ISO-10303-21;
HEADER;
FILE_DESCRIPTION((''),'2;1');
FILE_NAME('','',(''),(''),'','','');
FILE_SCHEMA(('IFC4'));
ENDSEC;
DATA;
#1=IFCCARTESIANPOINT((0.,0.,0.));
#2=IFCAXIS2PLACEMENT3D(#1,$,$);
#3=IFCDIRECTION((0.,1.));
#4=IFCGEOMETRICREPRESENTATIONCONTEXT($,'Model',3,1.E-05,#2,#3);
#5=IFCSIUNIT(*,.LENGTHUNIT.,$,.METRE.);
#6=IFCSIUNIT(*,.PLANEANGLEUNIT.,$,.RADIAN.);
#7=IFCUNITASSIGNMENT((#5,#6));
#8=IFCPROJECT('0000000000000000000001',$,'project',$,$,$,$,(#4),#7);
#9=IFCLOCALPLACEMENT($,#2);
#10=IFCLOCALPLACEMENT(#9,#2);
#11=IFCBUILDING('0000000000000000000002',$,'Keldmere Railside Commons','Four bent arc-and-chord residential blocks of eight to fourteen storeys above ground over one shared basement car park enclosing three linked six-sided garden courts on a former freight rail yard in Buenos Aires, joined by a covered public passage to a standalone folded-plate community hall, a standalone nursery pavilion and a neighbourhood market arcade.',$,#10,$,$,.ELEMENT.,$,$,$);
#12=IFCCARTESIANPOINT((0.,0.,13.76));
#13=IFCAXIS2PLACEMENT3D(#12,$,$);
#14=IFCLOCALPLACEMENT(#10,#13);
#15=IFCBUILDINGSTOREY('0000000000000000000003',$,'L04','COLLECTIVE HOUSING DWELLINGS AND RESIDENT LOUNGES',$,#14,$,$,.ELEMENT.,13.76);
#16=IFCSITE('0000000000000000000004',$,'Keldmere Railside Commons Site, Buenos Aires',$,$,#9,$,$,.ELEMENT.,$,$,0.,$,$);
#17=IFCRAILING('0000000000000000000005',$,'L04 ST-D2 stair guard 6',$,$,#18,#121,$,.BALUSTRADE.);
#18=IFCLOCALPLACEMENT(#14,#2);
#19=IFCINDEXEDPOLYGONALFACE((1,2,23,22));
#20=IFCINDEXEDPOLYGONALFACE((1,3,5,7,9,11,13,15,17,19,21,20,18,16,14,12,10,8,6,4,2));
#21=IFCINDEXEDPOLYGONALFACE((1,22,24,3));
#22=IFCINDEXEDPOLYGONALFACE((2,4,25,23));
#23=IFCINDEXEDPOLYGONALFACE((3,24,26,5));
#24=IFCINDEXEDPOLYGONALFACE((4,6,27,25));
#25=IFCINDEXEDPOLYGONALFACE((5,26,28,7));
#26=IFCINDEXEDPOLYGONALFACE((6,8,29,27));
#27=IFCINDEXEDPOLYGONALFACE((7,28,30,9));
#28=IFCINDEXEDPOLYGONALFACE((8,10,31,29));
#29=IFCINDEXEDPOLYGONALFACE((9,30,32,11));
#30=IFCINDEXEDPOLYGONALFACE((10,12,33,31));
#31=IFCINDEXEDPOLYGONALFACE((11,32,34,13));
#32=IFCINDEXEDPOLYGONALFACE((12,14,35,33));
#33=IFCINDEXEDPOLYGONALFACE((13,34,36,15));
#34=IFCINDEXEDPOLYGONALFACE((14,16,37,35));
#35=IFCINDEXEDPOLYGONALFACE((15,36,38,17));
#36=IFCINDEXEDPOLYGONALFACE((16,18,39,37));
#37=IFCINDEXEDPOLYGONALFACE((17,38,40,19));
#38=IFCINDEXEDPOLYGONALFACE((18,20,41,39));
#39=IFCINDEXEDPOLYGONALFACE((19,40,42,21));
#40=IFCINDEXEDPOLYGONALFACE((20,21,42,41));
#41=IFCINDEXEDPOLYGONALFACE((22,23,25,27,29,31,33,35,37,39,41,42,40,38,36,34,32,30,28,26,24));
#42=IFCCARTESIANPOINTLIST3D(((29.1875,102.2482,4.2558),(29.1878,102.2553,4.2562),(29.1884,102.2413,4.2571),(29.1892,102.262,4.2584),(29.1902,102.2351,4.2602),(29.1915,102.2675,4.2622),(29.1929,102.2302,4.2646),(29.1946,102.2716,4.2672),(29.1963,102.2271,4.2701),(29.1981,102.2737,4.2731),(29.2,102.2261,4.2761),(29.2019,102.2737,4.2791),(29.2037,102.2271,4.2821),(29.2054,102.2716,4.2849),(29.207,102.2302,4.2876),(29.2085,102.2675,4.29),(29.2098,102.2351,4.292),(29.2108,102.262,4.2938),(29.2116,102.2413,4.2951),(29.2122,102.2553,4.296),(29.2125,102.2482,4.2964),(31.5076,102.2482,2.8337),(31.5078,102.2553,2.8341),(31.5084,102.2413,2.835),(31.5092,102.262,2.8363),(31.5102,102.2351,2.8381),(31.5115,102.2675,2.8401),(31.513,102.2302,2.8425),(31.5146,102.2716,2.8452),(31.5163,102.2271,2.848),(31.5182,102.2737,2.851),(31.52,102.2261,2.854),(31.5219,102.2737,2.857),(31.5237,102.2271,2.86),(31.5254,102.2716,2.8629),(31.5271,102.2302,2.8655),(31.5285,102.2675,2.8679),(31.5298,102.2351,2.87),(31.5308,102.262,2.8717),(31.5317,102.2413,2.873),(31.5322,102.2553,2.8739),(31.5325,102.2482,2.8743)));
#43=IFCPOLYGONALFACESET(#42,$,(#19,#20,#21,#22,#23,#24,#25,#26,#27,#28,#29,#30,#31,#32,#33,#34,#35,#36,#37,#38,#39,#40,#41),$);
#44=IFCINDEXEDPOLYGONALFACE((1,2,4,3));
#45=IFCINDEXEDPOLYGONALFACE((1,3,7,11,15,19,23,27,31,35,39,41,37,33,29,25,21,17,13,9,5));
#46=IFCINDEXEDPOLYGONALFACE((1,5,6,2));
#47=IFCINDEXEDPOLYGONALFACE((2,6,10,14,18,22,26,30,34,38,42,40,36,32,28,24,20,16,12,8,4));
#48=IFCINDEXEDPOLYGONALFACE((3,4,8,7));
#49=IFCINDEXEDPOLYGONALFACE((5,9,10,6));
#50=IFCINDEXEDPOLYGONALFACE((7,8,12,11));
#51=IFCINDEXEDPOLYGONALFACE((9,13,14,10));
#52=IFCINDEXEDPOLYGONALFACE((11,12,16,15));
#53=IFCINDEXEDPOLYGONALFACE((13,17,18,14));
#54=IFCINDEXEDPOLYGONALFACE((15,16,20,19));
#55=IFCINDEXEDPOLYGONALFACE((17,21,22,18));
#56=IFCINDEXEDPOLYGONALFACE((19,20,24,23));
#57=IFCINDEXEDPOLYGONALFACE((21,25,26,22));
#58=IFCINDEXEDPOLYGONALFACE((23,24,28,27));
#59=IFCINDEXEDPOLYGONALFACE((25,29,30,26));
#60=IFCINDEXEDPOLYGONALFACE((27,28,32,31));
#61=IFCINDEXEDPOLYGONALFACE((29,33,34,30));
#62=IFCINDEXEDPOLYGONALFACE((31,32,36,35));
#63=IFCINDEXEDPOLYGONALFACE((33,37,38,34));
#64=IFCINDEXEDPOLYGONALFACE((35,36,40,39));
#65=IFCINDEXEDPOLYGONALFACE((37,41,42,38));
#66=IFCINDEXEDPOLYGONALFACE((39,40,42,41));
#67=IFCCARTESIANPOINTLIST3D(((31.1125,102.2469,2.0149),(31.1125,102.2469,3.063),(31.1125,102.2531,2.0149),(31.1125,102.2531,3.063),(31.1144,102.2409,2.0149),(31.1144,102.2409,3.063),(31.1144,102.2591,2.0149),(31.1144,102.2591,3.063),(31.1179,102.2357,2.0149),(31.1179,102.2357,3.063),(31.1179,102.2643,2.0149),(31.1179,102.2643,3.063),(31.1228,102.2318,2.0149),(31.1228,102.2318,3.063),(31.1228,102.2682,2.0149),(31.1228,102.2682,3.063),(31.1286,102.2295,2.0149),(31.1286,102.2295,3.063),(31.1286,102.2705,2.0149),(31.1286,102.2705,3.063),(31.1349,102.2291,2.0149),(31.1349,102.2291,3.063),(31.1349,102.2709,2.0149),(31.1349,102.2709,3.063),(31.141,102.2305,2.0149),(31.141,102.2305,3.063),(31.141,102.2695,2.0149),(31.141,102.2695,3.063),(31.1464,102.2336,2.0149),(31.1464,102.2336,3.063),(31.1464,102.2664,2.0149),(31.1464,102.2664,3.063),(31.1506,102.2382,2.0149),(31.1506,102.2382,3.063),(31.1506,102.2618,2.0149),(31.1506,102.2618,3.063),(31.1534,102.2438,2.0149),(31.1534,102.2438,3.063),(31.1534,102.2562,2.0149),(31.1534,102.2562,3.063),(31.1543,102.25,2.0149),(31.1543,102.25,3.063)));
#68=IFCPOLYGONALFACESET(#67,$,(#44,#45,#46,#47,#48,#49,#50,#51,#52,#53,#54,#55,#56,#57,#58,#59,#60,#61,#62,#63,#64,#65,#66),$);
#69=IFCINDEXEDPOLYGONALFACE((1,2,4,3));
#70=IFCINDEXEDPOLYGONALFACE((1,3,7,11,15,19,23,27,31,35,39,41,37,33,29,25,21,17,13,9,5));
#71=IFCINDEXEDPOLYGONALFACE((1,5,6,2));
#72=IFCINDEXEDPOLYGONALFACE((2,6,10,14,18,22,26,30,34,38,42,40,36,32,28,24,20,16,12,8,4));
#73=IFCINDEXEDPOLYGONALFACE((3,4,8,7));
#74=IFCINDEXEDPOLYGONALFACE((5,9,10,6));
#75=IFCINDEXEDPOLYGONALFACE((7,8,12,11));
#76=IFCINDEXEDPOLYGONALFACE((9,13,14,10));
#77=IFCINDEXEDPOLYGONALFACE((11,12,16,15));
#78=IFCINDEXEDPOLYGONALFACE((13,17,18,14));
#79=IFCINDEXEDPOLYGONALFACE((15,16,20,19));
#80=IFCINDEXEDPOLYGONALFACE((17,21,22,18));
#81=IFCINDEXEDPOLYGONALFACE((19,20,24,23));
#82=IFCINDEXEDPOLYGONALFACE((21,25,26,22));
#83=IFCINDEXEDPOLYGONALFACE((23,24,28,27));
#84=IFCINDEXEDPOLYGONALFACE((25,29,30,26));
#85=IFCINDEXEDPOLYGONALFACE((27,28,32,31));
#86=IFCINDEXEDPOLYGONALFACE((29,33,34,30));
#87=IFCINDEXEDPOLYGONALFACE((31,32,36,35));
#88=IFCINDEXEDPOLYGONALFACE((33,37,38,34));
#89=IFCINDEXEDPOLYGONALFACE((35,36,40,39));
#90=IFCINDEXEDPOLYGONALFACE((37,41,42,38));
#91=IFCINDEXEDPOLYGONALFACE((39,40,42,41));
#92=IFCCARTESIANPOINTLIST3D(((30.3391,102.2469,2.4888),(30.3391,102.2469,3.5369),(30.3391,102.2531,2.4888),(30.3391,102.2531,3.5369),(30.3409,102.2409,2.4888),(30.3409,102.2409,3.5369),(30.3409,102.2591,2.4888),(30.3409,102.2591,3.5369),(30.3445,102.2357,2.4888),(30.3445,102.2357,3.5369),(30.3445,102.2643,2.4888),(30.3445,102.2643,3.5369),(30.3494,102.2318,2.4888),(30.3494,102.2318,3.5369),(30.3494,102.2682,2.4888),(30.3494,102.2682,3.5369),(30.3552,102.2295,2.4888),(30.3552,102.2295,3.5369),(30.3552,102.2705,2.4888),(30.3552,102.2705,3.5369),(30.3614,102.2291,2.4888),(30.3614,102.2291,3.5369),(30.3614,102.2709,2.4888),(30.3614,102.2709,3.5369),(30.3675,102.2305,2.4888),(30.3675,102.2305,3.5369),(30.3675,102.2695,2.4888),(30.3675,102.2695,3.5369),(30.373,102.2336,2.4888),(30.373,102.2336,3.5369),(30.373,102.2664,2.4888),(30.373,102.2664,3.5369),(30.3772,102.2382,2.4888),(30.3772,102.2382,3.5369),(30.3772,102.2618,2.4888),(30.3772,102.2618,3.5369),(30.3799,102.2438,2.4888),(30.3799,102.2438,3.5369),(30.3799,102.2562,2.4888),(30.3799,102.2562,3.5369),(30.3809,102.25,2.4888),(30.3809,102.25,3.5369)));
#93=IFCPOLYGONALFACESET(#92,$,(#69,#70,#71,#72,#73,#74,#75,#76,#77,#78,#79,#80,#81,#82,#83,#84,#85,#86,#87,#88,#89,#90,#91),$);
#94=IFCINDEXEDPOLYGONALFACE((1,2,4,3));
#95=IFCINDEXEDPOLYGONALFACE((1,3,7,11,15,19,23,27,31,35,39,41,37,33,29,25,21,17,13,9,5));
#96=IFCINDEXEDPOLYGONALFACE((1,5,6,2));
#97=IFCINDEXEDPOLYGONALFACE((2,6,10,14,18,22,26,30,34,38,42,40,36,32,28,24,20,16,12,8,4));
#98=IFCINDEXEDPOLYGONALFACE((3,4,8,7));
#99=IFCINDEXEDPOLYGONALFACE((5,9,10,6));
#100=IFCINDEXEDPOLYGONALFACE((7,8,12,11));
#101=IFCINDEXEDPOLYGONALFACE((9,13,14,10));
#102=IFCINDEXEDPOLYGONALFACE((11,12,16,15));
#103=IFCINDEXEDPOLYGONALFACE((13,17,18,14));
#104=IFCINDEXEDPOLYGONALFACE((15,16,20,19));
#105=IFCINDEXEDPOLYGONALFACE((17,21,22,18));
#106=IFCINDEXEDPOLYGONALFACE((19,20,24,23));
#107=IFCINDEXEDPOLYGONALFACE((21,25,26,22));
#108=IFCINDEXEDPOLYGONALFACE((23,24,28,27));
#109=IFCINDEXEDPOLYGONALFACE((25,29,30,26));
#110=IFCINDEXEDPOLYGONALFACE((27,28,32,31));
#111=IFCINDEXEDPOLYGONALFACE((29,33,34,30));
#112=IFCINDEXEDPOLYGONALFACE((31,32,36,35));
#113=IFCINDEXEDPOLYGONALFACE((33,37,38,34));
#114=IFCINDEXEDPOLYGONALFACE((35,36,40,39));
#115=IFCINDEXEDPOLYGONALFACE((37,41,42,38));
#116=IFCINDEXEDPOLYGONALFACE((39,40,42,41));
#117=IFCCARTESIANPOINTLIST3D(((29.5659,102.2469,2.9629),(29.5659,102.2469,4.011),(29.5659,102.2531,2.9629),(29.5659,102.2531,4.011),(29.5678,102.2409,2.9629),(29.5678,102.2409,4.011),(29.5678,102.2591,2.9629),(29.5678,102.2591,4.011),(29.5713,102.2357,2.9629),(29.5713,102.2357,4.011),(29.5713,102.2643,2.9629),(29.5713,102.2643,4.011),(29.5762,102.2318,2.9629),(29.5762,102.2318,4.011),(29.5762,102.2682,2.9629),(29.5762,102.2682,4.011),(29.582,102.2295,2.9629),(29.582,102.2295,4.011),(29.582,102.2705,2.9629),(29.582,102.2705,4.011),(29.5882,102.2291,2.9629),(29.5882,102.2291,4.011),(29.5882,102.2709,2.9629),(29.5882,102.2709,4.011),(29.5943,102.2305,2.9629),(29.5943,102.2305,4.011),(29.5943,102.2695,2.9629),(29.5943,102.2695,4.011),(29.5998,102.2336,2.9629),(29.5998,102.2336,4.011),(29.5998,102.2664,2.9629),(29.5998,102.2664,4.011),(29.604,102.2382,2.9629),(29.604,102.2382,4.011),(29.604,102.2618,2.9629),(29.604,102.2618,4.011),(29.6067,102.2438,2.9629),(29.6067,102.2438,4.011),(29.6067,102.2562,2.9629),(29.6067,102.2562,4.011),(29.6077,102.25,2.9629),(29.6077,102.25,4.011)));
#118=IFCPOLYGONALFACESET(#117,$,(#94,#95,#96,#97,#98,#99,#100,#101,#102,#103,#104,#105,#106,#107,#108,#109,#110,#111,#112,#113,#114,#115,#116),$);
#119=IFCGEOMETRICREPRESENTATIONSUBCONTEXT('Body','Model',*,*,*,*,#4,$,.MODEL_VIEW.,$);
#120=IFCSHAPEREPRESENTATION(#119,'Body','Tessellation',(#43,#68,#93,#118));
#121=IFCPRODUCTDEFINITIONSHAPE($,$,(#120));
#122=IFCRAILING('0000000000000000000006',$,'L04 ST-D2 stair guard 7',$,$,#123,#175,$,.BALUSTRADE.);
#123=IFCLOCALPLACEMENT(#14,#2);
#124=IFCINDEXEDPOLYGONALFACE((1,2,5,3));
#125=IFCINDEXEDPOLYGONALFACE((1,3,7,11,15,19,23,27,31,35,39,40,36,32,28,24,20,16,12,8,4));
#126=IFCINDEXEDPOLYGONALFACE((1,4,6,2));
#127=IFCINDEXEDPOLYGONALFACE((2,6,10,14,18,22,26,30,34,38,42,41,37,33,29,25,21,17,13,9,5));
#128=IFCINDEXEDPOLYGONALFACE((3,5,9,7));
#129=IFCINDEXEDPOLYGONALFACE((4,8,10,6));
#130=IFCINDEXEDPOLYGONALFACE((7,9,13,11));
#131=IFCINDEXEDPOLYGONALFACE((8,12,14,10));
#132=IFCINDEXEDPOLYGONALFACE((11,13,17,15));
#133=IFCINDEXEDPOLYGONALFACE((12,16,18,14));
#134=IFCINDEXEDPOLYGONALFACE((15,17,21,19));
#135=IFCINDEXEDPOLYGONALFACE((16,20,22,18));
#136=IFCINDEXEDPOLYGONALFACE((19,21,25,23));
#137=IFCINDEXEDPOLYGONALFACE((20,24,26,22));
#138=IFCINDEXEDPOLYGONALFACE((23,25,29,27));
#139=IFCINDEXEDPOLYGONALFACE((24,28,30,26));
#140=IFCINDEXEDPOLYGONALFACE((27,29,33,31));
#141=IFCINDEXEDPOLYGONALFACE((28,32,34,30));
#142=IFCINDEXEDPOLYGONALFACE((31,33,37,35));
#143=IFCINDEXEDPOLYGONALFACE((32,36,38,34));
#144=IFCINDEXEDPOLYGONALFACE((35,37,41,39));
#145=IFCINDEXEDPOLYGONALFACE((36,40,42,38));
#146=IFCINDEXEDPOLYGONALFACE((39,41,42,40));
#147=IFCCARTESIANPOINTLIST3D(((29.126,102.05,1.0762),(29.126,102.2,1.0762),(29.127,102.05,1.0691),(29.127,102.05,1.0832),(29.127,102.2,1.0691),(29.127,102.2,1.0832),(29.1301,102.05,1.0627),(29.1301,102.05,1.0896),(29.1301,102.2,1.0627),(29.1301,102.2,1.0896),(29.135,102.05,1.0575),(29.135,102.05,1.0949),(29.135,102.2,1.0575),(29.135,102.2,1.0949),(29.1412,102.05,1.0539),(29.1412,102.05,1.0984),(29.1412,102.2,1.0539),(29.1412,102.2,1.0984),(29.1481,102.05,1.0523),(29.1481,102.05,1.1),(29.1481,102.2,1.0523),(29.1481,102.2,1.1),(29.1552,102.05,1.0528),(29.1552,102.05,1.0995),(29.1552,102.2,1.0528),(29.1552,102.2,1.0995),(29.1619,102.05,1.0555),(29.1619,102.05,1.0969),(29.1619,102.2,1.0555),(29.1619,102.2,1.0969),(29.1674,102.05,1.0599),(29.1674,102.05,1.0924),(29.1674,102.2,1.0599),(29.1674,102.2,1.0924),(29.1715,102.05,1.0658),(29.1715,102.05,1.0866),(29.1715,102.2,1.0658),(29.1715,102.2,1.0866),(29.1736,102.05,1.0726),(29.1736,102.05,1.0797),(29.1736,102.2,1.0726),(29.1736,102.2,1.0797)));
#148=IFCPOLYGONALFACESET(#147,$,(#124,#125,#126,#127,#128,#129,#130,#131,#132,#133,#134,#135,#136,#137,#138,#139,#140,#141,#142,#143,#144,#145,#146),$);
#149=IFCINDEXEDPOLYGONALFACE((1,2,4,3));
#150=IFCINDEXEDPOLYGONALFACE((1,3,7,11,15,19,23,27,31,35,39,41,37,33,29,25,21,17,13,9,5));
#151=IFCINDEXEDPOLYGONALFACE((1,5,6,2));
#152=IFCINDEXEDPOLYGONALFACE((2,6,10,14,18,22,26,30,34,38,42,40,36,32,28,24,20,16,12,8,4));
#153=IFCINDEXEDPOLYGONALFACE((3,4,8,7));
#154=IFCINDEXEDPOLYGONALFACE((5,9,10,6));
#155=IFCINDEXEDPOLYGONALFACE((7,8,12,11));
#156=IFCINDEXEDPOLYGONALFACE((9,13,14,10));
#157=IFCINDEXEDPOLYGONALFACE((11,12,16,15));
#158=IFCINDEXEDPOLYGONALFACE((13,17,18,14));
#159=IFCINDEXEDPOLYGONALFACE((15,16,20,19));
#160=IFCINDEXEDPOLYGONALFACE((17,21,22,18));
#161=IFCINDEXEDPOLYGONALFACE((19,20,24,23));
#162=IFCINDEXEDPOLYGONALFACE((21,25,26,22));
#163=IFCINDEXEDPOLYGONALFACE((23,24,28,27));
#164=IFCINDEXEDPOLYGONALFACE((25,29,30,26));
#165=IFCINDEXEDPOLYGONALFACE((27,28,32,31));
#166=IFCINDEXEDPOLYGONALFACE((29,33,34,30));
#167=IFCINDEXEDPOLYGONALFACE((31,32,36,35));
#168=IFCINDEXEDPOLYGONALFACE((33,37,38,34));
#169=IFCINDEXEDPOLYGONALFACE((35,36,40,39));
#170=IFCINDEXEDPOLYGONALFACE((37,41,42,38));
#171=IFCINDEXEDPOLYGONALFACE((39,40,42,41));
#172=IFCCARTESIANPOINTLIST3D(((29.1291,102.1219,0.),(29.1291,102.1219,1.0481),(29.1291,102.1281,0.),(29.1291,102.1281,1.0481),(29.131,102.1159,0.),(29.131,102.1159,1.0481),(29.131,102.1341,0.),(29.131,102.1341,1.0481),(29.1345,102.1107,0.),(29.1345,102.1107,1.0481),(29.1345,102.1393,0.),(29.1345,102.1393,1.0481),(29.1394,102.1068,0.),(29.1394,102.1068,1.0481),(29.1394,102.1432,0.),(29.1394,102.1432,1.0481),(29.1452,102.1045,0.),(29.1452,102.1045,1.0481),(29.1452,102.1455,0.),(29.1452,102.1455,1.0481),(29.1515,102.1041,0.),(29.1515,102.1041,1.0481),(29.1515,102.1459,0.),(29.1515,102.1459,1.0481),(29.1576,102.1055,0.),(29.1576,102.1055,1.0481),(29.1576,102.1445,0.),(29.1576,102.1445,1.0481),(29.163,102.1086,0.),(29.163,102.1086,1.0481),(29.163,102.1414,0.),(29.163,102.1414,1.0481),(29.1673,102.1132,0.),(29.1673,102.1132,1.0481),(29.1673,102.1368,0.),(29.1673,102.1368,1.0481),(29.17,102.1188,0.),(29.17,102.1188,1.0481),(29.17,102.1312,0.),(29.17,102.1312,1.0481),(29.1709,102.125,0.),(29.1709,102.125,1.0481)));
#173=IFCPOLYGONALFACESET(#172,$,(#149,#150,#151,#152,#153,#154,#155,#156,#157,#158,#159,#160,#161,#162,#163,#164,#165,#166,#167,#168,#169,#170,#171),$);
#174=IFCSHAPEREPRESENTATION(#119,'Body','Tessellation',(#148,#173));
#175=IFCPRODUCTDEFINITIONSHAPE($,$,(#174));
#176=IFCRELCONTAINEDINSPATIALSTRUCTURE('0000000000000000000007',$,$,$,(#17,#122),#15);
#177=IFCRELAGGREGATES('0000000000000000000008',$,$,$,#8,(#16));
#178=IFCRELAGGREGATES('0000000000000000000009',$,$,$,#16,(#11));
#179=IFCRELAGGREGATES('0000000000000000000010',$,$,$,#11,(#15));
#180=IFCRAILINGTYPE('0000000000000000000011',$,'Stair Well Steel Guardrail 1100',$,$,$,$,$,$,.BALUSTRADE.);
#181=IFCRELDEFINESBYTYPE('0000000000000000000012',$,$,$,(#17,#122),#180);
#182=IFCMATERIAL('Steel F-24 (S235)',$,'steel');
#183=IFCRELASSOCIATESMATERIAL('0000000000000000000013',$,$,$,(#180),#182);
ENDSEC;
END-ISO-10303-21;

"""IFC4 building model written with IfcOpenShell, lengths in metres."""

from ifc_helpers import new_model, si_unit, direction, frame, origin, origin_2d, place, context, subcontext, project, spatial, circle, extrude, material, type_object, element, save


model = new_model("IFC4")

# Units and contexts
model_context = context("Model", 3, precision=1e-05, world=origin(), true_north=direction((0.0, 1.0)))
body_context = subcontext(model_context, "Body", "Model", "MODEL_VIEW")
ifc_project = project(units=[si_unit("LENGTHUNIT", "METRE"), si_unit("PLANEANGLEUNIT", "RADIAN")], contexts=[model_context])

# Site, building, storey
site_placement = place(None, origin())
site = spatial("IfcSite", under=ifc_project, at=site_placement, Name="Keldmere Railside Commons Site, Buenos Aires", CompositionType="ELEMENT", RefElevation=0.0)
building_placement = place(site_placement, origin())
building = spatial("IfcBuilding", under=site, at=building_placement, Name="Keldmere Railside Commons", Description="Four bent arc-and-chord residential blocks of eight to fourteen storeys above ground over one shared basement car park enclosing three linked six-sided garden courts on a former freight rail yard in Buenos Aires, joined by a covered public passage to a standalone folded-plate community hall, a standalone nursery pavilion and a neighbourhood market arcade.", CompositionType="ELEMENT")
storey_placement = place(building_placement, frame((0.0, 0.0, 13.76)))
storey = spatial("IfcBuildingStorey", under=building, at=storey_placement, Name="L04", Description="COLLECTIVE HOUSING DWELLINGS AND RESIDENT LOUNGES", CompositionType="ELEMENT", Elevation=13.76)

# Railings
ifc_material_1 = material(Name="Steel F-24 (S235)", Category="steel")
railing_type_1 = type_object("IfcRailingType", Name="Stair Well Steel Guardrail 1100", PredefinedType="BALUSTRADE", material=ifc_material_1)
railing_1_placement = place(storey_placement, frame((31.52, 102.25, 1.7778)))
element("IfcRailing", 1, at=railing_1_placement, inside=storey, type_object=railing_type_1, Name="L04 ST-D2 stair guard 6", PredefinedType="BALUSTRADE", context=body_context, shape_type="SweptSolid", body=[
    extrude(circle(Radius=0.0239, at=origin_2d()), frame((0.0, 0.0, 1.0762), z_axis=(-0.852578, 0.0, 0.5226), x_axis=(0.0, -1.0, 0.0)), (0.0, 0.0, 1.0), 2.7212),
    extrude(circle(Radius=0.021, at=origin_2d()), frame((-0.3867, 0.0, 0.2371)), (0.0, 0.0, 1.0), 1.0481),
    extrude(circle(Radius=0.021, at=origin_2d()), frame((-1.1602, 0.0, 0.7109)), (0.0, 0.0, 1.0), 1.0481),
    extrude(circle(Radius=0.021, at=origin_2d()), frame((-1.9333, 0.0, 1.1851)), (0.0, 0.0, 1.0), 1.0481),
])
railing_2_placement = place(storey_placement, frame((29.1499, 102.05, 0.0)))
element("IfcRailing", 2, at=railing_2_placement, inside=storey, type_object=railing_type_1, Name="L04 ST-D2 stair guard 7", PredefinedType="BALUSTRADE", context=body_context, shape_type="SweptSolid", body=[
    extrude(circle(Radius=0.0239, at=origin_2d()), frame((0.0, 0.0, 1.0762), z_axis=(0.0, 1.0, 0.0), x_axis=(-1.0, 0.0, 0.0)), (0.0, 0.0, 1.0), 0.1499),
    extrude(circle(Radius=0.021, at=origin_2d()), frame((0.0, 0.075, 0.0)), (0.0, 0.0, 1.0), 1.0481),
])

save(model, "model.ifc")
